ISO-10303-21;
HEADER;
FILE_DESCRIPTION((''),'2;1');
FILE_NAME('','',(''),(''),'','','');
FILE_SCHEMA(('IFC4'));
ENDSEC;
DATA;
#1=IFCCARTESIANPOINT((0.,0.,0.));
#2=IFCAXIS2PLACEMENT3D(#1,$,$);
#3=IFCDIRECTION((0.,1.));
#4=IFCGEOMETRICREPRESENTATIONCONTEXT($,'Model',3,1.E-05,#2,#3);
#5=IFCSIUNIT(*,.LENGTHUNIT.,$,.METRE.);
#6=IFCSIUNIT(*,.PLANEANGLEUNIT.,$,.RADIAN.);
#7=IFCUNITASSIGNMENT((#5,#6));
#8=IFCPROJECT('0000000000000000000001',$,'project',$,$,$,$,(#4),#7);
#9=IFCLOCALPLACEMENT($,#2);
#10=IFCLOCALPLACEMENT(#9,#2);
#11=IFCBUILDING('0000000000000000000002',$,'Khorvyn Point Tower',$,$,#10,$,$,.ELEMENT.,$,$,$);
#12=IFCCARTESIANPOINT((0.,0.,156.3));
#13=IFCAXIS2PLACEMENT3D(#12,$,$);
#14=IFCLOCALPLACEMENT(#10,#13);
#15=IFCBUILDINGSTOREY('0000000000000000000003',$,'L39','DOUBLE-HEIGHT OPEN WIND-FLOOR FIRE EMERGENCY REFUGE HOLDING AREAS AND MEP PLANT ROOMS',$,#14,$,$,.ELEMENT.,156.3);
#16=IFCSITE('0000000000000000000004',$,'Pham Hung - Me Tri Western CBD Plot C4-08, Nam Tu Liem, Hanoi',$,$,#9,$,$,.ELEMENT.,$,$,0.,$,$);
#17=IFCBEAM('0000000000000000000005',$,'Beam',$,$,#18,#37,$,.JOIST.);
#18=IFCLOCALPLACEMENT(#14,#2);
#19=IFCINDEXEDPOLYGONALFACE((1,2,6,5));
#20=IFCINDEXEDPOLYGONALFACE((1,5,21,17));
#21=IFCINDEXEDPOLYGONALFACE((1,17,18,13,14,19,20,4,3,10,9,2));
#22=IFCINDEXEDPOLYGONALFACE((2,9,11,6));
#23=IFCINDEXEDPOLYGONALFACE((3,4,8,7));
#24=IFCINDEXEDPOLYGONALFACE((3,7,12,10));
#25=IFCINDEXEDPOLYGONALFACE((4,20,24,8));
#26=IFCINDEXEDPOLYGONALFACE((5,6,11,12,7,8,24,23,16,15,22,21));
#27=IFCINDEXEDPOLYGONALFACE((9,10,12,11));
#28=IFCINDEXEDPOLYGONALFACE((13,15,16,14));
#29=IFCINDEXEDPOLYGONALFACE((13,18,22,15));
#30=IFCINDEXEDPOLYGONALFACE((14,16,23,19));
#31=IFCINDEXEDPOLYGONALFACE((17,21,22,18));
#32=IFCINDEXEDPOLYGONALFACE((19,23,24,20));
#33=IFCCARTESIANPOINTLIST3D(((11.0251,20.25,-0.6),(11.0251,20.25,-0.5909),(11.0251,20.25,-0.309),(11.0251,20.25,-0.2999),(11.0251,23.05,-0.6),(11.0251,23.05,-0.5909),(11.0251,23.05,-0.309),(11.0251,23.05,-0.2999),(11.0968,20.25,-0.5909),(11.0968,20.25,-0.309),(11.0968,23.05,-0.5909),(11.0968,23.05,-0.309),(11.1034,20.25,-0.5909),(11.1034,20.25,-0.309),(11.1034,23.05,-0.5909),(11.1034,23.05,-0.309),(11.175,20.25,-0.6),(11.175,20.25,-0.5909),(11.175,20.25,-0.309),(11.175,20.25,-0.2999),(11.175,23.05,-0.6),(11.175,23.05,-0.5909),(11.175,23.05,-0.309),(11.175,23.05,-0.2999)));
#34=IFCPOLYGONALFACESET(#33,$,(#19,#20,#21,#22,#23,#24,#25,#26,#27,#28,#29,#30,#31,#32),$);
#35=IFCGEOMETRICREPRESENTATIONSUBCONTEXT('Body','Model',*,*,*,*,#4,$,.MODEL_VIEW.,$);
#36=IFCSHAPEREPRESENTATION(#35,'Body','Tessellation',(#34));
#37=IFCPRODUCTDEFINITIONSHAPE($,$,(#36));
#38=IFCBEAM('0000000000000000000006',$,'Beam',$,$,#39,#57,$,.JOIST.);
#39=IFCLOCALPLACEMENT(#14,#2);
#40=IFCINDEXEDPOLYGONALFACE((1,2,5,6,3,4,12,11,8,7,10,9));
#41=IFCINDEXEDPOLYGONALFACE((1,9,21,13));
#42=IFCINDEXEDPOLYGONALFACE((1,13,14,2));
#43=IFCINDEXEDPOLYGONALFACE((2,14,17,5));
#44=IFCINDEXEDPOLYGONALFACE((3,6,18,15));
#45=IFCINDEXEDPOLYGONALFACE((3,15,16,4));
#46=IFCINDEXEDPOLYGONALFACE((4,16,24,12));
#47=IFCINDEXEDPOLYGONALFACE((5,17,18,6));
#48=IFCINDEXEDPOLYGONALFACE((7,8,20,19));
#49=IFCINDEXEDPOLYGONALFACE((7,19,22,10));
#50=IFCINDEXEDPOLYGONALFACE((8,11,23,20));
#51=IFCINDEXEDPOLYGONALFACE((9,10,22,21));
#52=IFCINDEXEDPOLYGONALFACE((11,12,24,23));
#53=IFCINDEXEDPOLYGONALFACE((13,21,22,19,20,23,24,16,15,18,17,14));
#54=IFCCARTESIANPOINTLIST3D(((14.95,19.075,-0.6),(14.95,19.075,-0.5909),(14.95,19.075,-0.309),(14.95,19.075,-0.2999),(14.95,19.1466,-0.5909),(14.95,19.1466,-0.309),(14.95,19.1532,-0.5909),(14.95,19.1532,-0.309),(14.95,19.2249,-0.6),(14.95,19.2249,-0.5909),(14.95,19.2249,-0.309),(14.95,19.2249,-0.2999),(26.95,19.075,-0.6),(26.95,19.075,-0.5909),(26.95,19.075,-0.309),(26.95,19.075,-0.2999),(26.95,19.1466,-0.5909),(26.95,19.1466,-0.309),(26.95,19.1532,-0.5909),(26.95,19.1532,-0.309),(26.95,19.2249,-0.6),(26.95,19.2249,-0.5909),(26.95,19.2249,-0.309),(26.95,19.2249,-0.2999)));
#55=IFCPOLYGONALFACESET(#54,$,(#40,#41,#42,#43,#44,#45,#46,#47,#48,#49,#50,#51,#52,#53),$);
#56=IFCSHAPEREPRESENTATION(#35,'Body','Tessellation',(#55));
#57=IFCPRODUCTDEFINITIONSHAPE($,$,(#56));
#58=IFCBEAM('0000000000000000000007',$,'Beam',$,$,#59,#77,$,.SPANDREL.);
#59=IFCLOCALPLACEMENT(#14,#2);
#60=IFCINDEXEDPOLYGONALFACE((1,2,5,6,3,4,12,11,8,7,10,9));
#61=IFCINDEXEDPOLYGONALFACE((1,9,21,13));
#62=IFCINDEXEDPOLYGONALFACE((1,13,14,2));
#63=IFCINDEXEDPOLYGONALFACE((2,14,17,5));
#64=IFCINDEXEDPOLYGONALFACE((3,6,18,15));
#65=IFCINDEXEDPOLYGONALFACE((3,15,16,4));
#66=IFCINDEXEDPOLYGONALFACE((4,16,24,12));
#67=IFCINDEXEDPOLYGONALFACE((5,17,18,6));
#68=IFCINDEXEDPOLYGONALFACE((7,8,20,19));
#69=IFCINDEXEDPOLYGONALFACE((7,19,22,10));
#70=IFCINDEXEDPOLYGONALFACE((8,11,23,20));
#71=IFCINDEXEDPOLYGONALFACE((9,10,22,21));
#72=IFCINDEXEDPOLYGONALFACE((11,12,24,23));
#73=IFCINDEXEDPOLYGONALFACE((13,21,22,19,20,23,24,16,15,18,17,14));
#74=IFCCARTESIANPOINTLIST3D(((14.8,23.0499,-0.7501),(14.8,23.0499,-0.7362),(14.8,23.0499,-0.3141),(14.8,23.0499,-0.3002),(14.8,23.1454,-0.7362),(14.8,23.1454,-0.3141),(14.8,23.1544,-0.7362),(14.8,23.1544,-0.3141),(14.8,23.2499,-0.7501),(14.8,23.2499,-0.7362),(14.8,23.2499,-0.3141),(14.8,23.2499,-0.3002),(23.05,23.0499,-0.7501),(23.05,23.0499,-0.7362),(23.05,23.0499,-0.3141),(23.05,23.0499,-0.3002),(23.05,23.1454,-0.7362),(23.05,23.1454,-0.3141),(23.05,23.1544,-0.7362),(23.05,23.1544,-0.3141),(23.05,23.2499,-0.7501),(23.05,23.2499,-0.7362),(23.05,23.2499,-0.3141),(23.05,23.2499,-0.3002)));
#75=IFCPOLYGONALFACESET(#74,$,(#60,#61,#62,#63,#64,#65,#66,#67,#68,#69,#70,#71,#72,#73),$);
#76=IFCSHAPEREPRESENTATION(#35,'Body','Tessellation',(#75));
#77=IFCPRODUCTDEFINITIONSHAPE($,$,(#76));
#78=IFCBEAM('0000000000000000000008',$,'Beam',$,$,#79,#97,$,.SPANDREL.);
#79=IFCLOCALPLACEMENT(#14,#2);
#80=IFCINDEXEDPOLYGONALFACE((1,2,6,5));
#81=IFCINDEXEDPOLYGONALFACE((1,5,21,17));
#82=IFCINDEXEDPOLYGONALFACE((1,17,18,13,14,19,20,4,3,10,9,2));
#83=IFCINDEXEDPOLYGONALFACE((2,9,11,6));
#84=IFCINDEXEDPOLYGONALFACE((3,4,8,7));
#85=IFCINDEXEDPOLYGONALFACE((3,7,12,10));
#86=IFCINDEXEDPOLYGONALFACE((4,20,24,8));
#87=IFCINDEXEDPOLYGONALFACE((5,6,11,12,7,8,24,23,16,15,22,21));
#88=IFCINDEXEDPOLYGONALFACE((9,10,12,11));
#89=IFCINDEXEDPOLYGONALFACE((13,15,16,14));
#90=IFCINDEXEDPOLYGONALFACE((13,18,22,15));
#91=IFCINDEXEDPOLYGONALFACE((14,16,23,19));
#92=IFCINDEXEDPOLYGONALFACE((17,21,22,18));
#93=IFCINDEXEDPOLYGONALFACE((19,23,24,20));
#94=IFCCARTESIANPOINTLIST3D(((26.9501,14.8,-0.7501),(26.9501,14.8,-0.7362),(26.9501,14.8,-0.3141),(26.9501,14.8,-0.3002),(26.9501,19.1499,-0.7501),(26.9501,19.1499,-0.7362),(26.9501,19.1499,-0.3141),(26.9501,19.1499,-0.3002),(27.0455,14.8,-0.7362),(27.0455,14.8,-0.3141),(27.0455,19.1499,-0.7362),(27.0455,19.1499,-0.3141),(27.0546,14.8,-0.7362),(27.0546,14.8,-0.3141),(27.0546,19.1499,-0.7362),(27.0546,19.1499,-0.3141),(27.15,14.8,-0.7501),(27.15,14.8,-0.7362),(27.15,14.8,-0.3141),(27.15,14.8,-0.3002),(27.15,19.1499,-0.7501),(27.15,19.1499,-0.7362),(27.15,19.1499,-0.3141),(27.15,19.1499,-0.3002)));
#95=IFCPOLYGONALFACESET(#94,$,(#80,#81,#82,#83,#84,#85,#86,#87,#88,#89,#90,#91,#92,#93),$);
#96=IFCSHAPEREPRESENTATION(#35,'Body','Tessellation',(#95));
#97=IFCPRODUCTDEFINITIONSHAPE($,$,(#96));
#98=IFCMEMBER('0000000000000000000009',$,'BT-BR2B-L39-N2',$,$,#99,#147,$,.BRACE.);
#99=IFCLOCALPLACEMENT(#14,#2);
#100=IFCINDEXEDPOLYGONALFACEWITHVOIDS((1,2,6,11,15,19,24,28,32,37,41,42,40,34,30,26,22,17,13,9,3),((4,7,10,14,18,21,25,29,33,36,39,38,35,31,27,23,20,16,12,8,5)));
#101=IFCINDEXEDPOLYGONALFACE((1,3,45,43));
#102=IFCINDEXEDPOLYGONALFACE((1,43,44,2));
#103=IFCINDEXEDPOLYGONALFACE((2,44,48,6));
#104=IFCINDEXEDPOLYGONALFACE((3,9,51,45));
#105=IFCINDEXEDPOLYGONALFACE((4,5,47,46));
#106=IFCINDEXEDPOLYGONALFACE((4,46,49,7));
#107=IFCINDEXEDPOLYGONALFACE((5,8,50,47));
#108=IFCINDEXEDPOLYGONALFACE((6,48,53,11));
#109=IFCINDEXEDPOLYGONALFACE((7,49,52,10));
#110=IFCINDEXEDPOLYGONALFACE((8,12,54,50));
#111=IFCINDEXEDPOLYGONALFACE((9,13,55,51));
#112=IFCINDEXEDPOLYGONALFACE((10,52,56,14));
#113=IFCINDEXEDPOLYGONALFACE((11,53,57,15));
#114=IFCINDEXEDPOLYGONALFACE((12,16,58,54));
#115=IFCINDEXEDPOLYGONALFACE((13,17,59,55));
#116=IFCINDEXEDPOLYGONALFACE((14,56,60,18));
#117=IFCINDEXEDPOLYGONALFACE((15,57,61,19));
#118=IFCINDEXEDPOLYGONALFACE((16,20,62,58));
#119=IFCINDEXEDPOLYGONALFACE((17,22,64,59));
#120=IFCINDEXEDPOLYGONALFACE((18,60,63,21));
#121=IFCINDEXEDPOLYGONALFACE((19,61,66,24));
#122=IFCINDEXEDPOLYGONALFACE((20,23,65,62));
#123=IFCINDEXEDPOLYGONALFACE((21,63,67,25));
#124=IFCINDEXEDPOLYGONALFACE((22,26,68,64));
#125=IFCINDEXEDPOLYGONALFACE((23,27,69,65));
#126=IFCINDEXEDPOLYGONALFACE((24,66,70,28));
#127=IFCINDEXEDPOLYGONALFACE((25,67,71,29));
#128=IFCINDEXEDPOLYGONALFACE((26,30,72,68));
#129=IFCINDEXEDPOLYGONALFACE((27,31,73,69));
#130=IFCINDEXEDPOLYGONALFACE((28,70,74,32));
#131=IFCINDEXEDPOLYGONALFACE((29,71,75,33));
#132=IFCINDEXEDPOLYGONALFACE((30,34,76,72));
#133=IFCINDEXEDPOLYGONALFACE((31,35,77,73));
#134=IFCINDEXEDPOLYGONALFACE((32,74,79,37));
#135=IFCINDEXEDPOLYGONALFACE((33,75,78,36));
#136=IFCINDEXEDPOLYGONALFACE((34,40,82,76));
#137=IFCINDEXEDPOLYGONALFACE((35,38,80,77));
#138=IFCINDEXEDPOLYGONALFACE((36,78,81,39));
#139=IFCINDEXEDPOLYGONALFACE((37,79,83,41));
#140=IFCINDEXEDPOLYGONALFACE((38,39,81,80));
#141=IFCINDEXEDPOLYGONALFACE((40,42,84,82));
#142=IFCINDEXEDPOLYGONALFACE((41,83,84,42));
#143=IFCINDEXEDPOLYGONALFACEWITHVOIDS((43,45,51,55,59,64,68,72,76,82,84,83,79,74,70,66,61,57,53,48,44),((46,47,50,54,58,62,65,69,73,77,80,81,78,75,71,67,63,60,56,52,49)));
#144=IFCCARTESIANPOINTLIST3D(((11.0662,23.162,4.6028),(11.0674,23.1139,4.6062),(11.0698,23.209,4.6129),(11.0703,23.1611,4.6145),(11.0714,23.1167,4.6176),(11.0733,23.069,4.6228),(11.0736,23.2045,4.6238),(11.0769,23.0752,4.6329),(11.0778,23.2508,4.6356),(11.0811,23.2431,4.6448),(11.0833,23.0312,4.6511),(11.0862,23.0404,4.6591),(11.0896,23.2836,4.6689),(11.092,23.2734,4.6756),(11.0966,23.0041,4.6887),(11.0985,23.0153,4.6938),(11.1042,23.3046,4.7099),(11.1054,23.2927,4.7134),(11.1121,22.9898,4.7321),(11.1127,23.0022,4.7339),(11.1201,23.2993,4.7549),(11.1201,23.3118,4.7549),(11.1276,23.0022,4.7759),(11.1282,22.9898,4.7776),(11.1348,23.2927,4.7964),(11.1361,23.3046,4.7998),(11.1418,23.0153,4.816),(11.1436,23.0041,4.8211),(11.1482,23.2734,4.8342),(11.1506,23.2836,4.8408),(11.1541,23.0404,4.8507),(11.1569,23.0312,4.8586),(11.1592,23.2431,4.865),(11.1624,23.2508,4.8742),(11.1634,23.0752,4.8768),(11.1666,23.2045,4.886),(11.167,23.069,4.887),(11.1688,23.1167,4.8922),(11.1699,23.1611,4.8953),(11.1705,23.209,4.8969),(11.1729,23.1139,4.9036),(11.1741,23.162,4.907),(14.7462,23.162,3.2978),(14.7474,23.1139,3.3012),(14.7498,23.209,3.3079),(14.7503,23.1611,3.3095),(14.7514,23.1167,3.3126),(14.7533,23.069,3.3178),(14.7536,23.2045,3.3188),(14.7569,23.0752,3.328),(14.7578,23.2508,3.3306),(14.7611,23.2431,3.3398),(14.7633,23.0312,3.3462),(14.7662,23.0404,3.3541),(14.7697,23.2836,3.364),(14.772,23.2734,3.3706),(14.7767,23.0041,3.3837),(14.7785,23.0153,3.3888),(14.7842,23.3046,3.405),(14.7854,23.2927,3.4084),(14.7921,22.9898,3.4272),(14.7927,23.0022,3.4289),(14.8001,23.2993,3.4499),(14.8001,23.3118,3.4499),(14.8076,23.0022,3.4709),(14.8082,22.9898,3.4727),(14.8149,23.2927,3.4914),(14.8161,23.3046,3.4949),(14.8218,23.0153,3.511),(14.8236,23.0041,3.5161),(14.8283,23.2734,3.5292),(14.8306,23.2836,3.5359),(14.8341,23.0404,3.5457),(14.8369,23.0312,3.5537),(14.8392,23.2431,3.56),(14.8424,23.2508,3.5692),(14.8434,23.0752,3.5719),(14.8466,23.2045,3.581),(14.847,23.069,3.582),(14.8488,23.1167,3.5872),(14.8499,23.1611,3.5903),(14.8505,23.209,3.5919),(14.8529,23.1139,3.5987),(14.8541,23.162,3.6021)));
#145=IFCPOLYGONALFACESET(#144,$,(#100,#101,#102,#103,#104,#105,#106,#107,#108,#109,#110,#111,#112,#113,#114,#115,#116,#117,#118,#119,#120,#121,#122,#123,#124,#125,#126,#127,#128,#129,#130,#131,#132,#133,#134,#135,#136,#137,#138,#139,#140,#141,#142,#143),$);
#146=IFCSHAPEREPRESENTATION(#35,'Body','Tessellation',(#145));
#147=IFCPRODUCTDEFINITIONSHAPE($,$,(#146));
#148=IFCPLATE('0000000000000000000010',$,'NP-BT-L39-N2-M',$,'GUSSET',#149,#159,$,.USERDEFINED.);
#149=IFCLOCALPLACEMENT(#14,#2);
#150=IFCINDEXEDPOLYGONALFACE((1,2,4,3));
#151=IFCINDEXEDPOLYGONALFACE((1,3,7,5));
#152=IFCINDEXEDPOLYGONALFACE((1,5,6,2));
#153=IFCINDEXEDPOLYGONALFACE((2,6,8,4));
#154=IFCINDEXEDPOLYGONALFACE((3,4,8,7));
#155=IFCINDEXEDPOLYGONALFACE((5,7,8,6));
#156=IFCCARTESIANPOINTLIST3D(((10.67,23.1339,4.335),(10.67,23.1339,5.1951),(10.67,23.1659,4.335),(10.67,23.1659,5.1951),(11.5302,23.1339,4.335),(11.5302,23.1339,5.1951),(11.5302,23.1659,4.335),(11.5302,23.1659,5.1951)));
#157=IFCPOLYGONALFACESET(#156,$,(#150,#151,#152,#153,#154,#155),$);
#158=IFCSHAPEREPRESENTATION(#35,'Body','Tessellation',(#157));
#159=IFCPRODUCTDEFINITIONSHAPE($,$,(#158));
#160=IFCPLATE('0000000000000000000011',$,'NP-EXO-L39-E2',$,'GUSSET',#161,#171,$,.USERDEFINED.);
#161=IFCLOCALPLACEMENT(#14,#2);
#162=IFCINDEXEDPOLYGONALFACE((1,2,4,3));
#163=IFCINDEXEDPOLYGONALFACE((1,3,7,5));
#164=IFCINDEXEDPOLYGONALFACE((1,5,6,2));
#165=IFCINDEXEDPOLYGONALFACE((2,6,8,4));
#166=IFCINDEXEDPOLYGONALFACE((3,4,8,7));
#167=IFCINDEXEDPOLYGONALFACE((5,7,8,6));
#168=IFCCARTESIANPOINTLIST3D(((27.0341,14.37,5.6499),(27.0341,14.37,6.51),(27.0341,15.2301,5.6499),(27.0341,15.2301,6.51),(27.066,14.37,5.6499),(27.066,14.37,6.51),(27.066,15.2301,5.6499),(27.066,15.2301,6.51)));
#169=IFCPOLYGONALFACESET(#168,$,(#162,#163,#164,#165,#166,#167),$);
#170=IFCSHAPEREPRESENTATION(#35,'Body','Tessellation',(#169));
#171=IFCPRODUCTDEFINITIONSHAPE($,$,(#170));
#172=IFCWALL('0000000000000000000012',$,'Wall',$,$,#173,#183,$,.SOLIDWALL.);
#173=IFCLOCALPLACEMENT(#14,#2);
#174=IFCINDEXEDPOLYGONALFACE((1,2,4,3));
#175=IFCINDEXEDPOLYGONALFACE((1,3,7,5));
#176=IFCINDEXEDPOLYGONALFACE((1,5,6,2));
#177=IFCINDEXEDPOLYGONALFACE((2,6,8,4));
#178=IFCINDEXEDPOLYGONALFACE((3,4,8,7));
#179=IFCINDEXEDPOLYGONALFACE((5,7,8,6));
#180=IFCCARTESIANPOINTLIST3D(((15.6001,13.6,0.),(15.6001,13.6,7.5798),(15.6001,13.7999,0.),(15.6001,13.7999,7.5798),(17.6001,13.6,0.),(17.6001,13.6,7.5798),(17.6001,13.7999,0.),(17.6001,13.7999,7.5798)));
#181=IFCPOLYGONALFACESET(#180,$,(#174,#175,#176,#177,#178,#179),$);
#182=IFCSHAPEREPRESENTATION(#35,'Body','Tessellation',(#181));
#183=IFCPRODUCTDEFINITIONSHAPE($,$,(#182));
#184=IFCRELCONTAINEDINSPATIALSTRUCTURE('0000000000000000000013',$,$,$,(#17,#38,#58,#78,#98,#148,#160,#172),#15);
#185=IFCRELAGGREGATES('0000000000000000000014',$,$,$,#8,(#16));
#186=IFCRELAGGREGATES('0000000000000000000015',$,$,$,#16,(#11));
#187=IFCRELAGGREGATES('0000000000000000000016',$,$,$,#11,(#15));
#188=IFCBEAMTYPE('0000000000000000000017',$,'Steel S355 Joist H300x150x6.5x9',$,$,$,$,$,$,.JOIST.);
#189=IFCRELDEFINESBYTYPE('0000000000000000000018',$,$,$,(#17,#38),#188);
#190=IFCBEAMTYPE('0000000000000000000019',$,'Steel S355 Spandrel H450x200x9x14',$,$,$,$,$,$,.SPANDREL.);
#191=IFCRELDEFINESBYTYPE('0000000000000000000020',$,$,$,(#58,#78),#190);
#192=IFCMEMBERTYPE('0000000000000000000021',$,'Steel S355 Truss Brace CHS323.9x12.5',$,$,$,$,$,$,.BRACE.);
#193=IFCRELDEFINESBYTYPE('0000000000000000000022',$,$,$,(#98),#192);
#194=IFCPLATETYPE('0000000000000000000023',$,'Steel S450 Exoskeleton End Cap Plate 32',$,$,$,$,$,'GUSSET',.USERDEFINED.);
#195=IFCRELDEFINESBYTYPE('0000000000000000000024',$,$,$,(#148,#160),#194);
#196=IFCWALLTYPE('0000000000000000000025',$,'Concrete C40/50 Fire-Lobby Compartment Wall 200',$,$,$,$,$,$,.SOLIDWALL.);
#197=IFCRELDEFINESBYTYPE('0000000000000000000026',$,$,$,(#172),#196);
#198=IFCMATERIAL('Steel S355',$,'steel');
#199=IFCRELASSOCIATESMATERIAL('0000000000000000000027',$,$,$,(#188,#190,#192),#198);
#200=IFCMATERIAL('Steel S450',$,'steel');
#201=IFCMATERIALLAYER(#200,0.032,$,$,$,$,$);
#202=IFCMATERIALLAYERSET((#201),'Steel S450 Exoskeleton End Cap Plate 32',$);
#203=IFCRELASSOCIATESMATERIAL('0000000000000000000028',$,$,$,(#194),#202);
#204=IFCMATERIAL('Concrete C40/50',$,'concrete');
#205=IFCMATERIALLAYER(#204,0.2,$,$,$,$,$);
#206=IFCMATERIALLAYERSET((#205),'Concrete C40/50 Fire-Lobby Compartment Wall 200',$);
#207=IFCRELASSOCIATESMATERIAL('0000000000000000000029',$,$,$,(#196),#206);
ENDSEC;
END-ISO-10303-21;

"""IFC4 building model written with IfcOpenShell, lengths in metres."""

from ifc_helpers import new_model, si_unit, direction, frame, frame_2d, origin, origin_2d, place, context, subcontext, project, spatial, rectangle, hollow_circle, i_section, extrude, material, layer, layer_set, material_profile, profile_set, type_object, element, save


model = new_model("IFC4")

# Units and contexts
model_context = context("Model", 3, precision=1e-05, world=origin(), true_north=direction((0.0, 1.0)))
body_context = subcontext(model_context, "Body", "Model", "MODEL_VIEW")
ifc_project = project(units=[si_unit("LENGTHUNIT", "METRE"), si_unit("PLANEANGLEUNIT", "RADIAN")], contexts=[model_context])

# Site, building, storey
site_placement = place(None, origin())
site = spatial("IfcSite", under=ifc_project, at=site_placement, Name="Pham Hung - Me Tri Western CBD Plot C4-08, Nam Tu Liem, Hanoi", CompositionType="ELEMENT", RefElevation=0.0)
building_placement = place(site_placement, origin())
building = spatial("IfcBuilding", under=site, at=building_placement, Name="Khorvyn Point Tower", CompositionType="ELEMENT")
storey_placement = place(building_placement, frame((0.0, 0.0, 156.3)))
storey = spatial("IfcBuildingStorey", under=building, at=storey_placement, Name="L39", Description="DOUBLE-HEIGHT OPEN WIND-FLOOR FIRE EMERGENCY REFUGE HOLDING AREAS AND MEP PLANT ROOMS", CompositionType="ELEMENT", Elevation=156.3)

# Shared definitions
ifc_material_1 = material(Name="Steel S450", Category="steel")

# Beams
ifc_material_2 = material(Name="Steel S355", Category="steel")
ifc_material_profile_1 = material_profile(ifc_material_2, i_section(OverallWidth=0.1499, OverallDepth=0.3, WebThickness=0.0066, FlangeThickness=0.009, at=origin_2d()))
ifc_profile_set_1 = profile_set([ifc_material_profile_1], Name="Steel S355 H300x150x6.5x9")
beam_type_1 = type_object("IfcBeamType", Name="Steel S355 Joist H300x150x6.5x9", PredefinedType="JOIST", material=ifc_profile_set_1)
beam_1_placement = place(storey_placement, frame((11.1001, 20.25, -0.45), z_axis=(0.0, 1.0, 0.0), x_axis=(-1.0, 0.0, 0.0)))
element("IfcBeam", 1, at=beam_1_placement, inside=storey, type_object=beam_type_1, Name="Beam", PredefinedType="JOIST", context=body_context, shape_type="SweptSolid", body=[
    extrude(i_section(OverallWidth=0.1499, OverallDepth=0.3, WebThickness=0.0066, FlangeThickness=0.009, at=origin_2d()), origin(), (0.0, 0.0, 1.0), 2.8),
])
beam_2_placement = place(storey_placement, frame((14.95, 19.1499, -0.45), z_axis=(1.0, 0.0, 0.0), x_axis=(0.0, 1.0, 0.0)))
element("IfcBeam", 2, at=beam_2_placement, inside=storey, type_object=beam_type_1, Name="Beam", PredefinedType="JOIST", context=body_context, shape_type="SweptSolid", body=[
    extrude(i_section(OverallWidth=0.1499, OverallDepth=0.3, WebThickness=0.0066, FlangeThickness=0.009, at=origin_2d()), origin(), (0.0, 0.0, 1.0), 12.0),
])
ifc_material_profile_2 = material_profile(ifc_material_2, i_section(OverallWidth=0.2, OverallDepth=0.45, WebThickness=0.009, FlangeThickness=0.0139, at=origin_2d()))
ifc_profile_set_2 = profile_set([ifc_material_profile_2], Name="Steel S355 H450x200x9x14")
beam_type_2 = type_object("IfcBeamType", Name="Steel S355 Spandrel H450x200x9x14", PredefinedType="SPANDREL", material=ifc_profile_set_2)
beam_3_placement = place(storey_placement, frame((14.8, 23.1499, -0.5251), z_axis=(1.0, 0.0, 0.0), x_axis=(0.0, 1.0, 0.0)))
element("IfcBeam", 3, at=beam_3_placement, inside=storey, type_object=beam_type_2, Name="Beam", PredefinedType="SPANDREL", context=body_context, shape_type="SweptSolid", body=[
    extrude(i_section(OverallWidth=0.2, OverallDepth=0.45, WebThickness=0.009, FlangeThickness=0.0139, at=origin_2d()), origin(), (0.0, 0.0, 1.0), 8.25),
])
beam_4_placement = place(storey_placement, frame((27.05, 14.8, -0.5251), z_axis=(0.0, 1.0, 0.0), x_axis=(-1.0, 0.0, 0.0)))
element("IfcBeam", 4, at=beam_4_placement, inside=storey, type_object=beam_type_2, Name="Beam", PredefinedType="SPANDREL", context=body_context, shape_type="SweptSolid", body=[
    extrude(i_section(OverallWidth=0.2, OverallDepth=0.45, WebThickness=0.009, FlangeThickness=0.0139, at=origin_2d()), origin(), (0.0, 0.0, 1.0), 4.3499),
])

# Member
ifc_material_profile_3 = material_profile(ifc_material_2, hollow_circle(Radius=0.1619, WallThickness=0.0125, at=origin_2d()))
ifc_profile_set_3 = profile_set([ifc_material_profile_3], Name="Steel S355 CHS323.9x12.5")
member_type = type_object("IfcMemberType", Name="Steel S355 Truss Brace CHS323.9x12.5", PredefinedType="BRACE", material=ifc_profile_set_3)
member_placement = place(storey_placement, frame((11.1201, 23.1499, 4.7549), z_axis=(0.942496, 0.0, -0.334216), x_axis=(0.0, 1.0, 0.0)))
element("IfcMember", 5, at=member_placement, inside=storey, type_object=member_type, Name="BT-BR2B-L39-N2", PredefinedType="BRACE", context=body_context, shape_type="SweptSolid", body=[
    extrude(hollow_circle(Radius=0.1619, WallThickness=0.0125, at=origin_2d()), origin(), (0.0, 0.0, 1.0), 3.9045),
])

# Plates
ifc_layer_1 = layer(ifc_material_1, 0.032)
ifc_layer_set_1 = layer_set([ifc_layer_1], Name="Steel S450 Exoskeleton End Cap Plate 32")
plate_type = type_object("IfcPlateType", Name="Steel S450 Exoskeleton End Cap Plate 32", ElementType="GUSSET", PredefinedType="USERDEFINED", material=ifc_layer_set_1)
plate_1_placement = place(storey_placement, frame((11.1001, 23.1499, 4.335), z_axis=(0.0, 0.0, 1.0), x_axis=(1.0, 0.0, 0.0)))
element("IfcPlate", 6, at=plate_1_placement, inside=storey, type_object=plate_type, Name="NP-BT-L39-N2-M", ObjectType="GUSSET", PredefinedType="USERDEFINED", context=body_context, shape_type="SweptSolid", body=[
    extrude(rectangle(XDim=0.8601, YDim=0.032, at=origin_2d()), origin(), (0.0, 0.0, 1.0), 0.8601),
])
plate_2_placement = place(storey_placement, frame((27.05, 14.8, 5.6499), z_axis=(0.0, 0.0, 1.0), x_axis=(1.0, 0.0, 0.0)))
element("IfcPlate", 7, at=plate_2_placement, inside=storey, type_object=plate_type, Name="NP-EXO-L39-E2", ObjectType="GUSSET", PredefinedType="USERDEFINED", context=body_context, shape_type="SweptSolid", body=[
    extrude(rectangle(XDim=0.032, YDim=0.8601, at=origin_2d()), origin(), (0.0, 0.0, 1.0), 0.8601),
])

# Wall
ifc_material_3 = material(Name="Concrete C40/50", Category="concrete")
ifc_layer_2 = layer(ifc_material_3, 0.2)
ifc_layer_set_2 = layer_set([ifc_layer_2], Name="Concrete C40/50 Fire-Lobby Compartment Wall 200")
wall_type = type_object("IfcWallType", Name="Concrete C40/50 Fire-Lobby Compartment Wall 200", PredefinedType="SOLIDWALL", material=ifc_layer_set_2)
wall_1_placement = place(storey_placement, frame((15.6001, 13.7, 0.0), z_axis=(0.0, 0.0, 1.0), x_axis=(1.0, 0.0, 0.0)))
element("IfcWall", 8, at=wall_1_placement, inside=storey, type_object=wall_type, Name="Wall", PredefinedType="SOLIDWALL", context=body_context, shape_type="SweptSolid", body=[
    extrude(rectangle(XDim=2.0, YDim=0.2, at=frame_2d((1.0, 0.0))), origin(), (0.0, 0.0, 1.0), 7.5798),
])

save(model, "model.ifc")
